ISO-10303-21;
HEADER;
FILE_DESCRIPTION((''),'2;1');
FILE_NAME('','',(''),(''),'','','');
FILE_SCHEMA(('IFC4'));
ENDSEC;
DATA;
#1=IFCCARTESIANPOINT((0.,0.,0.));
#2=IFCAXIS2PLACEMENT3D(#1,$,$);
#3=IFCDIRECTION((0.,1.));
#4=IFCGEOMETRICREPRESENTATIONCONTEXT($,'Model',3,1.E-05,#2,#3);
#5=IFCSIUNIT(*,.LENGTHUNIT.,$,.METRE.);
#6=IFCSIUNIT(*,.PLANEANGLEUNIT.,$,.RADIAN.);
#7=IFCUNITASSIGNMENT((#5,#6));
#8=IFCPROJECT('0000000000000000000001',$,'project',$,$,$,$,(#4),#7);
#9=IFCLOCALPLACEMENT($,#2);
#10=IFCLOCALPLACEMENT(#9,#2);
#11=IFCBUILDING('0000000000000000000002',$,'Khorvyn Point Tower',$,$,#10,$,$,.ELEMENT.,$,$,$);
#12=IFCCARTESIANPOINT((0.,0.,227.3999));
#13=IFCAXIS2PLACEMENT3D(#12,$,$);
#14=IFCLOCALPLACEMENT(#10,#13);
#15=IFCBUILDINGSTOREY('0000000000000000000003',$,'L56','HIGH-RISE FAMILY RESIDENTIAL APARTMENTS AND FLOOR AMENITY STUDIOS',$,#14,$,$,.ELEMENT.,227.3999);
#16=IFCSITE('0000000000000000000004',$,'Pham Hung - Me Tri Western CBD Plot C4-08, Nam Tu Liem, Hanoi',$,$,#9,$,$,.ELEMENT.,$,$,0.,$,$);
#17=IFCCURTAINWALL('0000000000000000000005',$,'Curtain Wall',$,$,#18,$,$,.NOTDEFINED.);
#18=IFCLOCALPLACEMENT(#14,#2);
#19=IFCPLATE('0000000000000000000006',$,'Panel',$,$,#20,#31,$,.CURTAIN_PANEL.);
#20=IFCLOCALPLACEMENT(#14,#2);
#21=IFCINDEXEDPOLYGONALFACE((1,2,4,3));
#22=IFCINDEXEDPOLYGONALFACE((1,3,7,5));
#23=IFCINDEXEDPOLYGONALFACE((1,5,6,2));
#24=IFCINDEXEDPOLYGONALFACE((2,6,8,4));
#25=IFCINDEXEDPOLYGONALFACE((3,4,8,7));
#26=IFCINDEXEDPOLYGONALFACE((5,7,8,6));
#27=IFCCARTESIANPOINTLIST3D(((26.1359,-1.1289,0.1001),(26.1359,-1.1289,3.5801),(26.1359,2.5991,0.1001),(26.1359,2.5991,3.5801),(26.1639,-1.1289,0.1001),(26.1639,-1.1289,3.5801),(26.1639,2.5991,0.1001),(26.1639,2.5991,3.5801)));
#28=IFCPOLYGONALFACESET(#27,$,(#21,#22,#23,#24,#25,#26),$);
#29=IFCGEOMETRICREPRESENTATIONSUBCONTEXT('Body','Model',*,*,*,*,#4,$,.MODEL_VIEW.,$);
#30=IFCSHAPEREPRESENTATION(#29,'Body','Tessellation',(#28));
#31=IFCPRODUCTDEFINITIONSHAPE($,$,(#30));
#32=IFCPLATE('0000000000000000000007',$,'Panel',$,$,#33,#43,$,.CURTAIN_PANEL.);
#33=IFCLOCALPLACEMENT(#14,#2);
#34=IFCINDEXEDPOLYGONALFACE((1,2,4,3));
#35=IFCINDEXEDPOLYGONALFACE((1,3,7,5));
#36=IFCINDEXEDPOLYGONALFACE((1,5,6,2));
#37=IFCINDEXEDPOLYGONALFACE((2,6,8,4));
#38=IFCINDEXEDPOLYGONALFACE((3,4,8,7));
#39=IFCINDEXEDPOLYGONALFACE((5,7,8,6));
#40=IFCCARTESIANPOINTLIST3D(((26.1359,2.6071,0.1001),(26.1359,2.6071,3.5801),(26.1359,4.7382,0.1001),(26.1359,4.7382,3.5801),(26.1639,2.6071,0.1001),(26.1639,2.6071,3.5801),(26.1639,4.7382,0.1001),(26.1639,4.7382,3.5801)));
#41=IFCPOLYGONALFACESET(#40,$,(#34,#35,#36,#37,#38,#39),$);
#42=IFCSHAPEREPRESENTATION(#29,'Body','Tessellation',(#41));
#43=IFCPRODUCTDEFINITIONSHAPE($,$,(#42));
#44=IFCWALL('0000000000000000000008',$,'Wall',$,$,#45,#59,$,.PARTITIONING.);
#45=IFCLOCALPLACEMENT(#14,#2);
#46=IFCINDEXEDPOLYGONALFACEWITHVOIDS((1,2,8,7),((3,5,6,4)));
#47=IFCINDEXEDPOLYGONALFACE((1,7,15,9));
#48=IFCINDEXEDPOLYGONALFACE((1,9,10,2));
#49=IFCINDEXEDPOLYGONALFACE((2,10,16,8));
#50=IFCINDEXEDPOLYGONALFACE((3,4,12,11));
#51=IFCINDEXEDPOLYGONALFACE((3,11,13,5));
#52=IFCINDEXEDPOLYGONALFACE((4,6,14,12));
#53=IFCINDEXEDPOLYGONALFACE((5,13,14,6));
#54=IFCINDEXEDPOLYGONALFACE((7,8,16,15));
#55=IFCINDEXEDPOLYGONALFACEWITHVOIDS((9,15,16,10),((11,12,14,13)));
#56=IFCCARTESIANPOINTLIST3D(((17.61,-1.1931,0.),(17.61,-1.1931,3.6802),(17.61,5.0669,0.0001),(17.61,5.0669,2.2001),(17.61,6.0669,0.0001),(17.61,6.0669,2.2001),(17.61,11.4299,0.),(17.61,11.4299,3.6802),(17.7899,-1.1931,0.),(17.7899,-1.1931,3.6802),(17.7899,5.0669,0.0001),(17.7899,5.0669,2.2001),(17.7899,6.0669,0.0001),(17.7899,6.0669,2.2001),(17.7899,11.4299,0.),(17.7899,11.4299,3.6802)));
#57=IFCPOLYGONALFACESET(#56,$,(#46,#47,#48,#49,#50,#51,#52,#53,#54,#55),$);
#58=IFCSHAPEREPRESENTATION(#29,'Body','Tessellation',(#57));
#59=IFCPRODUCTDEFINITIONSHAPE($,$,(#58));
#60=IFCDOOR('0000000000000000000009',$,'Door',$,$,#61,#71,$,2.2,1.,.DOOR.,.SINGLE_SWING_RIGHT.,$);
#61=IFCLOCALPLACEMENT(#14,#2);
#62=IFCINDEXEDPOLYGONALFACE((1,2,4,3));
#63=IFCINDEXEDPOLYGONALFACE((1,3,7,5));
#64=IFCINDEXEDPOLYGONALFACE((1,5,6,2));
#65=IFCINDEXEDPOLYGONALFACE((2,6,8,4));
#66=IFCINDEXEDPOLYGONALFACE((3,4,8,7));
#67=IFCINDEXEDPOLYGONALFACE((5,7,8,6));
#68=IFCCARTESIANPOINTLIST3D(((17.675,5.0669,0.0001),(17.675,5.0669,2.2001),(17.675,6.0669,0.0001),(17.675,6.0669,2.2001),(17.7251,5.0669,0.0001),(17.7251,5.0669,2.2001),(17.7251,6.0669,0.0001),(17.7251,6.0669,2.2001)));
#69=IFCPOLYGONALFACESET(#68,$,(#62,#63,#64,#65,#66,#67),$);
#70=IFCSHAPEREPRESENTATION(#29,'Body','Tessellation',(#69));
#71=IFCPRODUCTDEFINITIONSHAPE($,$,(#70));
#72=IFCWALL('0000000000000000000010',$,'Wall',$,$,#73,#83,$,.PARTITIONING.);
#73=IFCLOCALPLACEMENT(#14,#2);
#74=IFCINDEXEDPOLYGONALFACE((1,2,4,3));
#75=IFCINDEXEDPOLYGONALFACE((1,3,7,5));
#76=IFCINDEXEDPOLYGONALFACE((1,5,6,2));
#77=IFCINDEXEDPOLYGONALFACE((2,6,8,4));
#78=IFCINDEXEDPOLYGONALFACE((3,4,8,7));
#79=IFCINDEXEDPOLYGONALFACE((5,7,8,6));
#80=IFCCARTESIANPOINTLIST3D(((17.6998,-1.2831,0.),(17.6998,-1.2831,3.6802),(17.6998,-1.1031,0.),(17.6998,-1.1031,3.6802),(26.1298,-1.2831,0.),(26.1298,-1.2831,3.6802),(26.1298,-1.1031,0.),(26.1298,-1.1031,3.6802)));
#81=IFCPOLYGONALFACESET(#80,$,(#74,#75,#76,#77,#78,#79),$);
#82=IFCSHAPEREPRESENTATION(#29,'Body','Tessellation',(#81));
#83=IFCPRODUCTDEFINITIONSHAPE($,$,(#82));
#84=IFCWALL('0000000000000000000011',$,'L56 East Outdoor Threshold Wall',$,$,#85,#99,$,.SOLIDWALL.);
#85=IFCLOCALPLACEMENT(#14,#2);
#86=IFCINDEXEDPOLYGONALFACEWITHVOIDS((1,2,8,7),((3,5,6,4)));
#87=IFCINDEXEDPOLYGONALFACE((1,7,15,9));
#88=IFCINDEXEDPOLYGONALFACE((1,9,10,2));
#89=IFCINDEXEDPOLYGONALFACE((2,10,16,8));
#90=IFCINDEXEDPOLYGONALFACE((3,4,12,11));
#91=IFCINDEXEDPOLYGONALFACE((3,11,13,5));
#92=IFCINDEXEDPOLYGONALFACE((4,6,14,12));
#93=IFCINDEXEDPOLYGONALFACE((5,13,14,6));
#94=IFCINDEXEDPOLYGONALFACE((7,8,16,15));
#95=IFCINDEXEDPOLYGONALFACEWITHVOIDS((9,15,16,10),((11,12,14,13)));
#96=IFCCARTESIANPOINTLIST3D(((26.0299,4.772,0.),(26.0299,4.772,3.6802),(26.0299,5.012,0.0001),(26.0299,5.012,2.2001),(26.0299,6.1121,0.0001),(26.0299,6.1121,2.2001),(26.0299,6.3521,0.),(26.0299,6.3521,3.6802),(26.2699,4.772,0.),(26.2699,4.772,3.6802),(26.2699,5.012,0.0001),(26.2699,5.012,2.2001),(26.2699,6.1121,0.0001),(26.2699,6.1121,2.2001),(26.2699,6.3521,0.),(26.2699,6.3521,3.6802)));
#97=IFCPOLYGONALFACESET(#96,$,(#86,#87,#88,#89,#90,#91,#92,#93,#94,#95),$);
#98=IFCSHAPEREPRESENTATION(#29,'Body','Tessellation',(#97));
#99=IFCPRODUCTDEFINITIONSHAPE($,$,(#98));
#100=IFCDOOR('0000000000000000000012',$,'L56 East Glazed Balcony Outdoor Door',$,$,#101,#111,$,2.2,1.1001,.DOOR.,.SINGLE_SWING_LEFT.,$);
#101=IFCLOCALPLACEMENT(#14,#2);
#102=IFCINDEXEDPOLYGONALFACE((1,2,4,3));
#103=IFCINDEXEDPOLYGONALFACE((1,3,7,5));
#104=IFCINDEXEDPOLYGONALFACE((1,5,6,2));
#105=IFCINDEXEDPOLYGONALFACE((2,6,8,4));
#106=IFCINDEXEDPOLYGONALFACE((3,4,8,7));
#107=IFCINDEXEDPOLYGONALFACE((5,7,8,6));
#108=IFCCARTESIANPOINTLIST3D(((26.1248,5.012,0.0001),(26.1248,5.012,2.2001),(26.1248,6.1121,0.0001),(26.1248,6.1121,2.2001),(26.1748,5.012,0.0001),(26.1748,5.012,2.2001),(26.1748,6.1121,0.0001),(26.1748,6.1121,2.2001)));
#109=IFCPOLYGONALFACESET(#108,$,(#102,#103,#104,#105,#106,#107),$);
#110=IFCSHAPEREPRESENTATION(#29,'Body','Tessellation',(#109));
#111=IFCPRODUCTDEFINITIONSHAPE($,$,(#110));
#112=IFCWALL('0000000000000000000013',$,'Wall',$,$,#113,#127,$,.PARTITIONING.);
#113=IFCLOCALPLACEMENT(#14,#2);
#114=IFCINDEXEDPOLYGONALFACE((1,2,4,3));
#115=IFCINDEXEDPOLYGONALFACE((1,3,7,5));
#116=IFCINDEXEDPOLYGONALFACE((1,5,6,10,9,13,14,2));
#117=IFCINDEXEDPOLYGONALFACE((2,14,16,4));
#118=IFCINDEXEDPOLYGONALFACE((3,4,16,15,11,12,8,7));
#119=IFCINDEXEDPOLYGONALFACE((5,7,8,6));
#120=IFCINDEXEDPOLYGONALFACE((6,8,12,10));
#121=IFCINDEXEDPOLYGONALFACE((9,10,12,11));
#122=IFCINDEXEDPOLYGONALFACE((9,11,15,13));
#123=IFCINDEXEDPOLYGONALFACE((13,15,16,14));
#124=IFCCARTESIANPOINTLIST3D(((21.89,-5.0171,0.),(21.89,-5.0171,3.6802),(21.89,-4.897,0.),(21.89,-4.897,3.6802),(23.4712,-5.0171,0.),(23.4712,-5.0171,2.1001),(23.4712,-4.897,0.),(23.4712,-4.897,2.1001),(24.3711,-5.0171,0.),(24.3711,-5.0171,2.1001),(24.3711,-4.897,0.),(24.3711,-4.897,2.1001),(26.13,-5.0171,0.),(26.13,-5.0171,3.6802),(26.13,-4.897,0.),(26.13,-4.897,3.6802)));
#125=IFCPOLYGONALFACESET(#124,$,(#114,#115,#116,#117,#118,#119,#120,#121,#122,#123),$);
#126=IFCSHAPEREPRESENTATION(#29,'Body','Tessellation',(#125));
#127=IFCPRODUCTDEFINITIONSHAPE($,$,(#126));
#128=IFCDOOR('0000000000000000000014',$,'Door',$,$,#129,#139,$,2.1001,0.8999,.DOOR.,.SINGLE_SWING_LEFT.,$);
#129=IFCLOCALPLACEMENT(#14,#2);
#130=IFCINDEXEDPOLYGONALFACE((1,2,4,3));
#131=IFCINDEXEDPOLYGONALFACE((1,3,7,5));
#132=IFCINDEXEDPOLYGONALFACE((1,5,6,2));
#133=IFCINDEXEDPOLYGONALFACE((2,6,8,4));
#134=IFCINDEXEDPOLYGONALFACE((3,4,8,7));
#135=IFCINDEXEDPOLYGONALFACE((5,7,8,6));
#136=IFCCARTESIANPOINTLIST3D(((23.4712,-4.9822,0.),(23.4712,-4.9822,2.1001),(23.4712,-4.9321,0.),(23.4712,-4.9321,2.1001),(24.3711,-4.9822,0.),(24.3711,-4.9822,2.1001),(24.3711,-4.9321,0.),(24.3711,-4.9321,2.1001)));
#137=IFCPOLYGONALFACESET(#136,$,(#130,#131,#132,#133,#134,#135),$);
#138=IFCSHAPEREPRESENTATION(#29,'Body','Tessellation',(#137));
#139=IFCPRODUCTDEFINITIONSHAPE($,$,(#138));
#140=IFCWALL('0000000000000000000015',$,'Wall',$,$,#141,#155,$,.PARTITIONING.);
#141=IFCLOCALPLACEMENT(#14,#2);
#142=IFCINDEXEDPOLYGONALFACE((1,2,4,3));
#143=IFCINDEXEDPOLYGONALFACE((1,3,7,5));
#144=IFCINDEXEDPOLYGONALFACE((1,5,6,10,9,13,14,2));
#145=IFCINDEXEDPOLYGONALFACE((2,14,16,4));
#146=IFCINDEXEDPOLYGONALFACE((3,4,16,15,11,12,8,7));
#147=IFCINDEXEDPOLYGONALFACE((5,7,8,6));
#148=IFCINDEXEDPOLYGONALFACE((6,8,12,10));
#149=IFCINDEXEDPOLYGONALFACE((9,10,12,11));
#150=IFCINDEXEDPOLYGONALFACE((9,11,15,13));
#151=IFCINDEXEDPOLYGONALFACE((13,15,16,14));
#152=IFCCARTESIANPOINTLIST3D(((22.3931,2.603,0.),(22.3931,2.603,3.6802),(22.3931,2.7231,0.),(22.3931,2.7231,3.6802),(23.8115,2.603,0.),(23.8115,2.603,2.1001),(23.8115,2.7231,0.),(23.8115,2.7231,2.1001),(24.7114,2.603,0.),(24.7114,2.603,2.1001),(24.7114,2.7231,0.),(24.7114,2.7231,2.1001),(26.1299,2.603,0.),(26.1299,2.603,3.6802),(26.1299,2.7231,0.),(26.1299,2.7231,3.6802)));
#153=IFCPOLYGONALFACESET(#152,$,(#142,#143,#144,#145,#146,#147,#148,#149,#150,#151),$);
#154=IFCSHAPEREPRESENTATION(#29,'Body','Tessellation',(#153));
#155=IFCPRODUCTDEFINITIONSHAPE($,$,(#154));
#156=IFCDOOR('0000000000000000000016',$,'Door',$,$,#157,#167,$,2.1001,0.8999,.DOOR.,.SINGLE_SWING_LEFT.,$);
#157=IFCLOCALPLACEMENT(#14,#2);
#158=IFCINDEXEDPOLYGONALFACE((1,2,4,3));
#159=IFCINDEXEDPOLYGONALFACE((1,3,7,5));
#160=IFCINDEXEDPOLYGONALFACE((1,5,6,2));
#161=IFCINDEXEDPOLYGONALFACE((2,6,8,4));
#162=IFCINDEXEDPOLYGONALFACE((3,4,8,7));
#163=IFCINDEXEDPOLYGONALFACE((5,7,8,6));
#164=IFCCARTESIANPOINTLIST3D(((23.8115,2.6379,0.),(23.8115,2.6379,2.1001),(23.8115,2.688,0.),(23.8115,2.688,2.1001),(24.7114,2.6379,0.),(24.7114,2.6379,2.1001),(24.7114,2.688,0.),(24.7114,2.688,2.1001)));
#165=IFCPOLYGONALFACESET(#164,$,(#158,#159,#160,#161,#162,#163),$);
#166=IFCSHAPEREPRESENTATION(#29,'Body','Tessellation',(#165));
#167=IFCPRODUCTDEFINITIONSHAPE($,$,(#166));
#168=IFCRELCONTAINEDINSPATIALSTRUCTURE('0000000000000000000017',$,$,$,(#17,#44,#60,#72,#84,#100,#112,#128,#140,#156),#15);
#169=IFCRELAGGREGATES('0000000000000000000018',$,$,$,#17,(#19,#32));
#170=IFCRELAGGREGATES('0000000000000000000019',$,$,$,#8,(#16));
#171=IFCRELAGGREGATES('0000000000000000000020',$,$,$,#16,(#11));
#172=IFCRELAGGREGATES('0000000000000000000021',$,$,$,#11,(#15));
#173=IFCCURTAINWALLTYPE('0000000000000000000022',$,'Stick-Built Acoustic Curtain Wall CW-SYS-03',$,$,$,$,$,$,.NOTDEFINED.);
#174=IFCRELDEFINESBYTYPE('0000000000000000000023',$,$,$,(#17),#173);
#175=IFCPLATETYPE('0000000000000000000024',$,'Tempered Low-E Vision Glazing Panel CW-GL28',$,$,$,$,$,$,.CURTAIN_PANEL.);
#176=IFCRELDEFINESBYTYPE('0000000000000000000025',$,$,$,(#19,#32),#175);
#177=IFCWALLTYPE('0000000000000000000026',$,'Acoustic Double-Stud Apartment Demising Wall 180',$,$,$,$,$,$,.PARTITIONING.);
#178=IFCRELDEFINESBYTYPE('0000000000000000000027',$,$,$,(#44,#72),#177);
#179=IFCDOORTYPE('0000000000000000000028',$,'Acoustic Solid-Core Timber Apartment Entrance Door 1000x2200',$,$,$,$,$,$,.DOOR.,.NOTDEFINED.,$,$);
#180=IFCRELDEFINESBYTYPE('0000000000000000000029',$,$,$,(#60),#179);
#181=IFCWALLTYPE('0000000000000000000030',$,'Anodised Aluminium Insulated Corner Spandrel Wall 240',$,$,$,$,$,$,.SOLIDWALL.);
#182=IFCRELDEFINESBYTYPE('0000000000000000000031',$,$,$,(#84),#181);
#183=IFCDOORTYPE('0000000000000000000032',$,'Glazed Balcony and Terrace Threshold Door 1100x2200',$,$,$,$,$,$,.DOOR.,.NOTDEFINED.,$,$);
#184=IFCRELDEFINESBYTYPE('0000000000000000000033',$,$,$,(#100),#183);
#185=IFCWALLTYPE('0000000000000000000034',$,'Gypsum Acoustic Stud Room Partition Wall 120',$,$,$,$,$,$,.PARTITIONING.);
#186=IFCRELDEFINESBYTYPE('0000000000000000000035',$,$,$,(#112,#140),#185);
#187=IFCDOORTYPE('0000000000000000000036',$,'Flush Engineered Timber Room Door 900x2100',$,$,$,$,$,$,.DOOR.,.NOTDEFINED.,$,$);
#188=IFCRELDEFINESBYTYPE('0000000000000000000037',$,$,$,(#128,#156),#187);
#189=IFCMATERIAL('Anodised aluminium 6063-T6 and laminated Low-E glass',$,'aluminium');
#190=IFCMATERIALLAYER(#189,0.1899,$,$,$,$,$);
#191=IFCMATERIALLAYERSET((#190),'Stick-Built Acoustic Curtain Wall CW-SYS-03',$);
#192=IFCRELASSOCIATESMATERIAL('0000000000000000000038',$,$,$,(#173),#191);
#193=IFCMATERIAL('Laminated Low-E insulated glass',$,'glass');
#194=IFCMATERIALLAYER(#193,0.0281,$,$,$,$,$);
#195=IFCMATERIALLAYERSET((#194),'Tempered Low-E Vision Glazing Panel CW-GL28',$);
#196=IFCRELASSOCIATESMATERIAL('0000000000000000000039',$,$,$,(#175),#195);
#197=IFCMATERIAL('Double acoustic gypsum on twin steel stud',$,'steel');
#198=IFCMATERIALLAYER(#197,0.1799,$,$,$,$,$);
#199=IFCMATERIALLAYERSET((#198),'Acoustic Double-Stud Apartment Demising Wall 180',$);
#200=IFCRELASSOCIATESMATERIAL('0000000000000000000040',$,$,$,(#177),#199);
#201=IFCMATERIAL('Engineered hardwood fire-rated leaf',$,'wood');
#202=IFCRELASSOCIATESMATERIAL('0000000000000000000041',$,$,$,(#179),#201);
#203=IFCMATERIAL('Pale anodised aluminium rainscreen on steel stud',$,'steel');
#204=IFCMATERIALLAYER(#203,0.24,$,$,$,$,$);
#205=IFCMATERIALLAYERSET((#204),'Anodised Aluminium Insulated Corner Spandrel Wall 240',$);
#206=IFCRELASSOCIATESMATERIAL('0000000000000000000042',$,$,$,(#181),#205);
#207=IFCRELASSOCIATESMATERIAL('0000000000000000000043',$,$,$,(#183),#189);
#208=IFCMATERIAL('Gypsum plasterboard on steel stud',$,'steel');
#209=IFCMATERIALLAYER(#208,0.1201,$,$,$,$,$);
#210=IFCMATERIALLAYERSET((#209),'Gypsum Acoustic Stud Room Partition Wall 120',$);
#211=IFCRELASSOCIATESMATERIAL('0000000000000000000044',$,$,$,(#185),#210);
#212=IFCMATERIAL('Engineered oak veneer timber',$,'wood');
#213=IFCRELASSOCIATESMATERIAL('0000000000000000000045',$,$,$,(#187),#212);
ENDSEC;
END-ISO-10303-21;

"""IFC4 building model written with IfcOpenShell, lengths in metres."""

from ifc_helpers import new_model, si_unit, direction, frame, frame_2d, origin, origin_2d, place, context, subcontext, project, spatial, rectangle, extrude, material, layer, layer_set, type_object, element, fill, aggregate, save


model = new_model("IFC4")

# Units and contexts
model_context = context("Model", 3, precision=1e-05, world=origin(), true_north=direction((0.0, 1.0)))
body_context = subcontext(model_context, "Body", "Model", "MODEL_VIEW")
ifc_project = project(units=[si_unit("LENGTHUNIT", "METRE"), si_unit("PLANEANGLEUNIT", "RADIAN")], contexts=[model_context])

# Site, building, storey
site_placement = place(None, origin())
site = spatial("IfcSite", under=ifc_project, at=site_placement, Name="Pham Hung - Me Tri Western CBD Plot C4-08, Nam Tu Liem, Hanoi", CompositionType="ELEMENT", RefElevation=0.0)
building_placement = place(site_placement, origin())
building = spatial("IfcBuilding", under=site, at=building_placement, Name="Khorvyn Point Tower", CompositionType="ELEMENT")
storey_placement = place(building_placement, frame((0.0, 0.0, 227.3999)))
storey = spatial("IfcBuildingStorey", under=building, at=storey_placement, Name="L56", Description="HIGH-RISE FAMILY RESIDENTIAL APARTMENTS AND FLOOR AMENITY STUDIOS", CompositionType="ELEMENT", Elevation=227.3999)

# Shared definitions
ifc_material_1 = material(Name="Anodised aluminium 6063-T6 and laminated Low-E glass", Category="aluminium")
ifc_layer_1 = layer(ifc_material_1, 0.1899)
ifc_layer_set_1 = layer_set([ifc_layer_1], Name="Stick-Built Acoustic Curtain Wall CW-SYS-03")
curtain_wall_type = type_object("IfcCurtainWallType", Name="Stick-Built Acoustic Curtain Wall CW-SYS-03", PredefinedType="NOTDEFINED", material=ifc_layer_set_1)

# Curtain wall
curtain_wall_1_placement = place(storey_placement, origin())
curtain_wall_1 = element("IfcCurtainWall", 1, at=curtain_wall_1_placement, inside=storey, type_object=curtain_wall_type, Name="Curtain Wall", PredefinedType="NOTDEFINED")

# Plates
ifc_material_2 = material(Name="Laminated Low-E insulated glass", Category="glass")
ifc_layer_2 = layer(ifc_material_2, 0.0281)
ifc_layer_set_2 = layer_set([ifc_layer_2], Name="Tempered Low-E Vision Glazing Panel CW-GL28")
plate_type = type_object("IfcPlateType", Name="Tempered Low-E Vision Glazing Panel CW-GL28", PredefinedType="CURTAIN_PANEL", material=ifc_layer_set_2)
plate_1_placement = place(storey_placement, frame((26.1499, 0.7351, 0.1001), z_axis=(0.0, 0.0, 1.0), x_axis=(0.0, -1.0, 0.0)))
plate_1 = element("IfcPlate", 2, at=plate_1_placement, type_object=plate_type, Name="Panel", PredefinedType="CURTAIN_PANEL", context=body_context, shape_type="SweptSolid", body=[
    extrude(rectangle(XDim=3.728, YDim=0.0281, at=origin_2d()), origin(), (0.0, 0.0, 1.0), 3.48),
])
plate_2_placement = place(storey_placement, frame((26.1499, 3.6726, 0.1001), z_axis=(0.0, 0.0, 1.0), x_axis=(0.0, -1.0, 0.0)))
plate_2 = element("IfcPlate", 3, at=plate_2_placement, type_object=plate_type, Name="Panel", PredefinedType="CURTAIN_PANEL", context=body_context, shape_type="SweptSolid", body=[
    extrude(rectangle(XDim=2.1311, YDim=0.0281, at=origin_2d()), origin(), (0.0, 0.0, 1.0), 3.48),
])
aggregate(curtain_wall_1, [plate_1, plate_2])

# Wall, opening, door
ifc_material_3 = material(Name="Double acoustic gypsum on twin steel stud", Category="steel")
ifc_layer_3 = layer(ifc_material_3, 0.1799)
ifc_layer_set_3 = layer_set([ifc_layer_3], Name="Acoustic Double-Stud Apartment Demising Wall 180")
wall_type_1 = type_object("IfcWallType", Name="Acoustic Double-Stud Apartment Demising Wall 180", PredefinedType="PARTITIONING", material=ifc_layer_set_3)
wall_1_placement = place(storey_placement, frame((17.7, -1.1931, 0.0), z_axis=(0.0, 0.0, 1.0), x_axis=(0.0, 1.0, 0.0)))
wall_1 = element("IfcWall", 4, at=wall_1_placement, inside=storey, type_object=wall_type_1, Name="Wall", PredefinedType="PARTITIONING", context=body_context, shape_type="SweptSolid", body=[
    extrude(rectangle(XDim=12.623, YDim=0.1799, at=frame_2d((6.3115, 0.0))), origin(), (0.0, 0.0, 1.0), 3.6802),
])
opening_1_placement = place(wall_1_placement, frame((6.26, 0.0, 0.0)))
opening_1 = element("IfcOpeningElement", 5, at=opening_1_placement, cuts=wall_1, PredefinedType="OPENING", context=body_context, shape_type="SweptSolid", body=[
    extrude(rectangle(XDim=1.0, YDim=2.2, at=frame_2d((0.5, 1.1001))), frame((0.0, 0.0999, 0.0), z_axis=(0.0, -1.0, 0.0), x_axis=(1.0, 0.0, 0.0)), (0.0, 0.0, 1.0), 0.2),
])
ifc_material_4 = material(Name="Engineered hardwood fire-rated leaf", Category="wood")
door_type_1 = type_object("IfcDoorType", Name="Acoustic Solid-Core Timber Apartment Entrance Door 1000x2200", OperationType="NOTDEFINED", PredefinedType="DOOR", material=ifc_material_4)
door_1_placement = place(opening_1_placement, origin())
door_1 = element("IfcDoor", 6, at=door_1_placement, inside=storey, type_object=door_type_1, Name="Door", OperationType="SINGLE_SWING_RIGHT", OverallHeight=2.2, OverallWidth=1.0, PredefinedType="DOOR", context=body_context, shape_type="SweptSolid", body=[
    extrude(rectangle(XDim=1.0, YDim=2.2, at=frame_2d((0.5, 1.1001))), frame((0.0, 0.0249, 0.0), z_axis=(0.0, -1.0, 0.0), x_axis=(1.0, 0.0, 0.0)), (0.0, 0.0, 1.0), 0.05),
])
fill(opening_1, door_1)

# Wall
wall_2_placement = place(storey_placement, frame((17.7, -1.1931, 0.0), z_axis=(0.0, 0.0, 1.0), x_axis=(1.0, 0.0, 0.0)))
element("IfcWall", 7, at=wall_2_placement, inside=storey, type_object=wall_type_1, Name="Wall", PredefinedType="PARTITIONING", context=body_context, shape_type="SweptSolid", body=[
    extrude(rectangle(XDim=8.4299, YDim=0.1799, at=frame_2d((4.2148, 0.0))), origin(), (0.0, 0.0, 1.0), 3.6802),
])

# Walls, openings, doors
ifc_material_5 = material(Name="Pale anodised aluminium rainscreen on steel stud", Category="steel")
ifc_layer_4 = layer(ifc_material_5, 0.24)
ifc_layer_set_4 = layer_set([ifc_layer_4], Name="Anodised Aluminium Insulated Corner Spandrel Wall 240")
wall_type_2 = type_object("IfcWallType", Name="Anodised Aluminium Insulated Corner Spandrel Wall 240", PredefinedType="SOLIDWALL", material=ifc_layer_set_4)
wall_3_placement = place(storey_placement, frame((26.1499, 6.3521, 0.0), z_axis=(0.0, 0.0, 1.0), x_axis=(0.0, -1.0, 0.0)))
wall_3 = element("IfcWall", 8, at=wall_3_placement, inside=storey, type_object=wall_type_2, Name="L56 East Outdoor Threshold Wall", PredefinedType="SOLIDWALL", context=body_context, shape_type="SweptSolid", body=[
    extrude(rectangle(XDim=1.5801, YDim=0.24, at=frame_2d((0.79, 0.0))), origin(), (0.0, 0.0, 1.0), 3.6802),
])
opening_2_placement = place(wall_3_placement, frame((0.24, 0.0, 0.0)))
opening_2 = element("IfcOpeningElement", 9, at=opening_2_placement, cuts=wall_3, PredefinedType="OPENING", context=body_context, shape_type="SweptSolid", body=[
    extrude(rectangle(XDim=1.1001, YDim=2.2, at=frame_2d((0.55, 1.1001))), frame((0.0, 0.1299, 0.0), z_axis=(0.0, -1.0, 0.0), x_axis=(1.0, 0.0, 0.0)), (0.0, 0.0, 1.0), 0.26),
])
door_type_2 = type_object("IfcDoorType", Name="Glazed Balcony and Terrace Threshold Door 1100x2200", OperationType="NOTDEFINED", PredefinedType="DOOR", material=ifc_material_1)
door_2_placement = place(opening_2_placement, origin())
door_2 = element("IfcDoor", 10, at=door_2_placement, inside=storey, type_object=door_type_2, Name="L56 East Glazed Balcony Outdoor Door", OperationType="SINGLE_SWING_LEFT", OverallHeight=2.2, OverallWidth=1.1001, PredefinedType="DOOR", context=body_context, shape_type="SweptSolid", body=[
    extrude(rectangle(XDim=1.1001, YDim=2.2, at=frame_2d((0.55, 1.1001))), frame((0.0, 0.0249, 0.0), z_axis=(0.0, -1.0, 0.0), x_axis=(1.0, 0.0, 0.0)), (0.0, 0.0, 1.0), 0.05),
])
fill(opening_2, door_2)
ifc_material_6 = material(Name="Gypsum plasterboard on steel stud", Category="steel")
ifc_layer_5 = layer(ifc_material_6, 0.1201)
ifc_layer_set_5 = layer_set([ifc_layer_5], Name="Gypsum Acoustic Stud Room Partition Wall 120")
wall_type_3 = type_object("IfcWallType", Name="Gypsum Acoustic Stud Room Partition Wall 120", PredefinedType="PARTITIONING", material=ifc_layer_set_5)
wall_4_placement = place(storey_placement, frame((21.8899, -4.957, 0.0), z_axis=(0.0, 0.0, 1.0), x_axis=(1.0, 0.0, 0.0)))
wall_4 = element("IfcWall", 11, at=wall_4_placement, inside=storey, type_object=wall_type_3, Name="Wall", PredefinedType="PARTITIONING", context=body_context, shape_type="SweptSolid", body=[
    extrude(rectangle(XDim=4.24, YDim=0.1201, at=frame_2d((2.1201, 0.0))), origin(), (0.0, 0.0, 1.0), 3.6802),
])
opening_3_placement = place(wall_4_placement, frame((1.5813, 0.0, 0.0)))
opening_3 = element("IfcOpeningElement", 12, at=opening_3_placement, cuts=wall_4, PredefinedType="OPENING", context=body_context, shape_type="SweptSolid", body=[
    extrude(rectangle(XDim=0.8999, YDim=2.1001, at=frame_2d((0.45, 1.05))), frame((0.0, 0.0701, 0.0), z_axis=(0.0, -1.0, 0.0), x_axis=(1.0, 0.0, 0.0)), (0.0, 0.0, 1.0), 0.1401),
])
ifc_material_7 = material(Name="Engineered oak veneer timber", Category="wood")
door_type_3 = type_object("IfcDoorType", Name="Flush Engineered Timber Room Door 900x2100", OperationType="NOTDEFINED", PredefinedType="DOOR", material=ifc_material_7)
door_3_placement = place(opening_3_placement, origin())
door_3 = element("IfcDoor", 13, at=door_3_placement, inside=storey, type_object=door_type_3, Name="Door", OperationType="SINGLE_SWING_LEFT", OverallHeight=2.1001, OverallWidth=0.8999, PredefinedType="DOOR", context=body_context, shape_type="SweptSolid", body=[
    extrude(rectangle(XDim=0.8999, YDim=2.1001, at=frame_2d((0.45, 1.05))), frame((0.0, 0.0249, 0.0), z_axis=(0.0, -1.0, 0.0), x_axis=(1.0, 0.0, 0.0)), (0.0, 0.0, 1.0), 0.05),
])
fill(opening_3, door_3)
wall_5_placement = place(storey_placement, frame((22.3931, 2.6631, 0.0), z_axis=(0.0, 0.0, 1.0), x_axis=(1.0, 0.0, 0.0)))
wall_5 = element("IfcWall", 14, at=wall_5_placement, inside=storey, type_object=wall_type_3, Name="Wall", PredefinedType="PARTITIONING", context=body_context, shape_type="SweptSolid", body=[
    extrude(rectangle(XDim=3.7368, YDim=0.1201, at=frame_2d((1.8684, 0.0))), origin(), (0.0, 0.0, 1.0), 3.6802),
])
opening_4_placement = place(wall_5_placement, frame((1.4185, 0.0, 0.0)))
opening_4 = element("IfcOpeningElement", 15, at=opening_4_placement, cuts=wall_5, PredefinedType="OPENING", context=body_context, shape_type="SweptSolid", body=[
    extrude(rectangle(XDim=0.8999, YDim=2.1001, at=frame_2d((0.45, 1.05))), frame((0.0, 0.0701, 0.0), z_axis=(0.0, -1.0, 0.0), x_axis=(1.0, 0.0, 0.0)), (0.0, 0.0, 1.0), 0.1401),
])
door_4_placement = place(opening_4_placement, origin())
door_4 = element("IfcDoor", 16, at=door_4_placement, inside=storey, type_object=door_type_3, Name="Door", OperationType="SINGLE_SWING_LEFT", OverallHeight=2.1001, OverallWidth=0.8999, PredefinedType="DOOR", context=body_context, shape_type="SweptSolid", body=[
    extrude(rectangle(XDim=0.8999, YDim=2.1001, at=frame_2d((0.45, 1.05))), frame((0.0, 0.0249, 0.0), z_axis=(0.0, -1.0, 0.0), x_axis=(1.0, 0.0, 0.0)), (0.0, 0.0, 1.0), 0.05),
])
fill(opening_4, door_4)

save(model, "model.ifc")
